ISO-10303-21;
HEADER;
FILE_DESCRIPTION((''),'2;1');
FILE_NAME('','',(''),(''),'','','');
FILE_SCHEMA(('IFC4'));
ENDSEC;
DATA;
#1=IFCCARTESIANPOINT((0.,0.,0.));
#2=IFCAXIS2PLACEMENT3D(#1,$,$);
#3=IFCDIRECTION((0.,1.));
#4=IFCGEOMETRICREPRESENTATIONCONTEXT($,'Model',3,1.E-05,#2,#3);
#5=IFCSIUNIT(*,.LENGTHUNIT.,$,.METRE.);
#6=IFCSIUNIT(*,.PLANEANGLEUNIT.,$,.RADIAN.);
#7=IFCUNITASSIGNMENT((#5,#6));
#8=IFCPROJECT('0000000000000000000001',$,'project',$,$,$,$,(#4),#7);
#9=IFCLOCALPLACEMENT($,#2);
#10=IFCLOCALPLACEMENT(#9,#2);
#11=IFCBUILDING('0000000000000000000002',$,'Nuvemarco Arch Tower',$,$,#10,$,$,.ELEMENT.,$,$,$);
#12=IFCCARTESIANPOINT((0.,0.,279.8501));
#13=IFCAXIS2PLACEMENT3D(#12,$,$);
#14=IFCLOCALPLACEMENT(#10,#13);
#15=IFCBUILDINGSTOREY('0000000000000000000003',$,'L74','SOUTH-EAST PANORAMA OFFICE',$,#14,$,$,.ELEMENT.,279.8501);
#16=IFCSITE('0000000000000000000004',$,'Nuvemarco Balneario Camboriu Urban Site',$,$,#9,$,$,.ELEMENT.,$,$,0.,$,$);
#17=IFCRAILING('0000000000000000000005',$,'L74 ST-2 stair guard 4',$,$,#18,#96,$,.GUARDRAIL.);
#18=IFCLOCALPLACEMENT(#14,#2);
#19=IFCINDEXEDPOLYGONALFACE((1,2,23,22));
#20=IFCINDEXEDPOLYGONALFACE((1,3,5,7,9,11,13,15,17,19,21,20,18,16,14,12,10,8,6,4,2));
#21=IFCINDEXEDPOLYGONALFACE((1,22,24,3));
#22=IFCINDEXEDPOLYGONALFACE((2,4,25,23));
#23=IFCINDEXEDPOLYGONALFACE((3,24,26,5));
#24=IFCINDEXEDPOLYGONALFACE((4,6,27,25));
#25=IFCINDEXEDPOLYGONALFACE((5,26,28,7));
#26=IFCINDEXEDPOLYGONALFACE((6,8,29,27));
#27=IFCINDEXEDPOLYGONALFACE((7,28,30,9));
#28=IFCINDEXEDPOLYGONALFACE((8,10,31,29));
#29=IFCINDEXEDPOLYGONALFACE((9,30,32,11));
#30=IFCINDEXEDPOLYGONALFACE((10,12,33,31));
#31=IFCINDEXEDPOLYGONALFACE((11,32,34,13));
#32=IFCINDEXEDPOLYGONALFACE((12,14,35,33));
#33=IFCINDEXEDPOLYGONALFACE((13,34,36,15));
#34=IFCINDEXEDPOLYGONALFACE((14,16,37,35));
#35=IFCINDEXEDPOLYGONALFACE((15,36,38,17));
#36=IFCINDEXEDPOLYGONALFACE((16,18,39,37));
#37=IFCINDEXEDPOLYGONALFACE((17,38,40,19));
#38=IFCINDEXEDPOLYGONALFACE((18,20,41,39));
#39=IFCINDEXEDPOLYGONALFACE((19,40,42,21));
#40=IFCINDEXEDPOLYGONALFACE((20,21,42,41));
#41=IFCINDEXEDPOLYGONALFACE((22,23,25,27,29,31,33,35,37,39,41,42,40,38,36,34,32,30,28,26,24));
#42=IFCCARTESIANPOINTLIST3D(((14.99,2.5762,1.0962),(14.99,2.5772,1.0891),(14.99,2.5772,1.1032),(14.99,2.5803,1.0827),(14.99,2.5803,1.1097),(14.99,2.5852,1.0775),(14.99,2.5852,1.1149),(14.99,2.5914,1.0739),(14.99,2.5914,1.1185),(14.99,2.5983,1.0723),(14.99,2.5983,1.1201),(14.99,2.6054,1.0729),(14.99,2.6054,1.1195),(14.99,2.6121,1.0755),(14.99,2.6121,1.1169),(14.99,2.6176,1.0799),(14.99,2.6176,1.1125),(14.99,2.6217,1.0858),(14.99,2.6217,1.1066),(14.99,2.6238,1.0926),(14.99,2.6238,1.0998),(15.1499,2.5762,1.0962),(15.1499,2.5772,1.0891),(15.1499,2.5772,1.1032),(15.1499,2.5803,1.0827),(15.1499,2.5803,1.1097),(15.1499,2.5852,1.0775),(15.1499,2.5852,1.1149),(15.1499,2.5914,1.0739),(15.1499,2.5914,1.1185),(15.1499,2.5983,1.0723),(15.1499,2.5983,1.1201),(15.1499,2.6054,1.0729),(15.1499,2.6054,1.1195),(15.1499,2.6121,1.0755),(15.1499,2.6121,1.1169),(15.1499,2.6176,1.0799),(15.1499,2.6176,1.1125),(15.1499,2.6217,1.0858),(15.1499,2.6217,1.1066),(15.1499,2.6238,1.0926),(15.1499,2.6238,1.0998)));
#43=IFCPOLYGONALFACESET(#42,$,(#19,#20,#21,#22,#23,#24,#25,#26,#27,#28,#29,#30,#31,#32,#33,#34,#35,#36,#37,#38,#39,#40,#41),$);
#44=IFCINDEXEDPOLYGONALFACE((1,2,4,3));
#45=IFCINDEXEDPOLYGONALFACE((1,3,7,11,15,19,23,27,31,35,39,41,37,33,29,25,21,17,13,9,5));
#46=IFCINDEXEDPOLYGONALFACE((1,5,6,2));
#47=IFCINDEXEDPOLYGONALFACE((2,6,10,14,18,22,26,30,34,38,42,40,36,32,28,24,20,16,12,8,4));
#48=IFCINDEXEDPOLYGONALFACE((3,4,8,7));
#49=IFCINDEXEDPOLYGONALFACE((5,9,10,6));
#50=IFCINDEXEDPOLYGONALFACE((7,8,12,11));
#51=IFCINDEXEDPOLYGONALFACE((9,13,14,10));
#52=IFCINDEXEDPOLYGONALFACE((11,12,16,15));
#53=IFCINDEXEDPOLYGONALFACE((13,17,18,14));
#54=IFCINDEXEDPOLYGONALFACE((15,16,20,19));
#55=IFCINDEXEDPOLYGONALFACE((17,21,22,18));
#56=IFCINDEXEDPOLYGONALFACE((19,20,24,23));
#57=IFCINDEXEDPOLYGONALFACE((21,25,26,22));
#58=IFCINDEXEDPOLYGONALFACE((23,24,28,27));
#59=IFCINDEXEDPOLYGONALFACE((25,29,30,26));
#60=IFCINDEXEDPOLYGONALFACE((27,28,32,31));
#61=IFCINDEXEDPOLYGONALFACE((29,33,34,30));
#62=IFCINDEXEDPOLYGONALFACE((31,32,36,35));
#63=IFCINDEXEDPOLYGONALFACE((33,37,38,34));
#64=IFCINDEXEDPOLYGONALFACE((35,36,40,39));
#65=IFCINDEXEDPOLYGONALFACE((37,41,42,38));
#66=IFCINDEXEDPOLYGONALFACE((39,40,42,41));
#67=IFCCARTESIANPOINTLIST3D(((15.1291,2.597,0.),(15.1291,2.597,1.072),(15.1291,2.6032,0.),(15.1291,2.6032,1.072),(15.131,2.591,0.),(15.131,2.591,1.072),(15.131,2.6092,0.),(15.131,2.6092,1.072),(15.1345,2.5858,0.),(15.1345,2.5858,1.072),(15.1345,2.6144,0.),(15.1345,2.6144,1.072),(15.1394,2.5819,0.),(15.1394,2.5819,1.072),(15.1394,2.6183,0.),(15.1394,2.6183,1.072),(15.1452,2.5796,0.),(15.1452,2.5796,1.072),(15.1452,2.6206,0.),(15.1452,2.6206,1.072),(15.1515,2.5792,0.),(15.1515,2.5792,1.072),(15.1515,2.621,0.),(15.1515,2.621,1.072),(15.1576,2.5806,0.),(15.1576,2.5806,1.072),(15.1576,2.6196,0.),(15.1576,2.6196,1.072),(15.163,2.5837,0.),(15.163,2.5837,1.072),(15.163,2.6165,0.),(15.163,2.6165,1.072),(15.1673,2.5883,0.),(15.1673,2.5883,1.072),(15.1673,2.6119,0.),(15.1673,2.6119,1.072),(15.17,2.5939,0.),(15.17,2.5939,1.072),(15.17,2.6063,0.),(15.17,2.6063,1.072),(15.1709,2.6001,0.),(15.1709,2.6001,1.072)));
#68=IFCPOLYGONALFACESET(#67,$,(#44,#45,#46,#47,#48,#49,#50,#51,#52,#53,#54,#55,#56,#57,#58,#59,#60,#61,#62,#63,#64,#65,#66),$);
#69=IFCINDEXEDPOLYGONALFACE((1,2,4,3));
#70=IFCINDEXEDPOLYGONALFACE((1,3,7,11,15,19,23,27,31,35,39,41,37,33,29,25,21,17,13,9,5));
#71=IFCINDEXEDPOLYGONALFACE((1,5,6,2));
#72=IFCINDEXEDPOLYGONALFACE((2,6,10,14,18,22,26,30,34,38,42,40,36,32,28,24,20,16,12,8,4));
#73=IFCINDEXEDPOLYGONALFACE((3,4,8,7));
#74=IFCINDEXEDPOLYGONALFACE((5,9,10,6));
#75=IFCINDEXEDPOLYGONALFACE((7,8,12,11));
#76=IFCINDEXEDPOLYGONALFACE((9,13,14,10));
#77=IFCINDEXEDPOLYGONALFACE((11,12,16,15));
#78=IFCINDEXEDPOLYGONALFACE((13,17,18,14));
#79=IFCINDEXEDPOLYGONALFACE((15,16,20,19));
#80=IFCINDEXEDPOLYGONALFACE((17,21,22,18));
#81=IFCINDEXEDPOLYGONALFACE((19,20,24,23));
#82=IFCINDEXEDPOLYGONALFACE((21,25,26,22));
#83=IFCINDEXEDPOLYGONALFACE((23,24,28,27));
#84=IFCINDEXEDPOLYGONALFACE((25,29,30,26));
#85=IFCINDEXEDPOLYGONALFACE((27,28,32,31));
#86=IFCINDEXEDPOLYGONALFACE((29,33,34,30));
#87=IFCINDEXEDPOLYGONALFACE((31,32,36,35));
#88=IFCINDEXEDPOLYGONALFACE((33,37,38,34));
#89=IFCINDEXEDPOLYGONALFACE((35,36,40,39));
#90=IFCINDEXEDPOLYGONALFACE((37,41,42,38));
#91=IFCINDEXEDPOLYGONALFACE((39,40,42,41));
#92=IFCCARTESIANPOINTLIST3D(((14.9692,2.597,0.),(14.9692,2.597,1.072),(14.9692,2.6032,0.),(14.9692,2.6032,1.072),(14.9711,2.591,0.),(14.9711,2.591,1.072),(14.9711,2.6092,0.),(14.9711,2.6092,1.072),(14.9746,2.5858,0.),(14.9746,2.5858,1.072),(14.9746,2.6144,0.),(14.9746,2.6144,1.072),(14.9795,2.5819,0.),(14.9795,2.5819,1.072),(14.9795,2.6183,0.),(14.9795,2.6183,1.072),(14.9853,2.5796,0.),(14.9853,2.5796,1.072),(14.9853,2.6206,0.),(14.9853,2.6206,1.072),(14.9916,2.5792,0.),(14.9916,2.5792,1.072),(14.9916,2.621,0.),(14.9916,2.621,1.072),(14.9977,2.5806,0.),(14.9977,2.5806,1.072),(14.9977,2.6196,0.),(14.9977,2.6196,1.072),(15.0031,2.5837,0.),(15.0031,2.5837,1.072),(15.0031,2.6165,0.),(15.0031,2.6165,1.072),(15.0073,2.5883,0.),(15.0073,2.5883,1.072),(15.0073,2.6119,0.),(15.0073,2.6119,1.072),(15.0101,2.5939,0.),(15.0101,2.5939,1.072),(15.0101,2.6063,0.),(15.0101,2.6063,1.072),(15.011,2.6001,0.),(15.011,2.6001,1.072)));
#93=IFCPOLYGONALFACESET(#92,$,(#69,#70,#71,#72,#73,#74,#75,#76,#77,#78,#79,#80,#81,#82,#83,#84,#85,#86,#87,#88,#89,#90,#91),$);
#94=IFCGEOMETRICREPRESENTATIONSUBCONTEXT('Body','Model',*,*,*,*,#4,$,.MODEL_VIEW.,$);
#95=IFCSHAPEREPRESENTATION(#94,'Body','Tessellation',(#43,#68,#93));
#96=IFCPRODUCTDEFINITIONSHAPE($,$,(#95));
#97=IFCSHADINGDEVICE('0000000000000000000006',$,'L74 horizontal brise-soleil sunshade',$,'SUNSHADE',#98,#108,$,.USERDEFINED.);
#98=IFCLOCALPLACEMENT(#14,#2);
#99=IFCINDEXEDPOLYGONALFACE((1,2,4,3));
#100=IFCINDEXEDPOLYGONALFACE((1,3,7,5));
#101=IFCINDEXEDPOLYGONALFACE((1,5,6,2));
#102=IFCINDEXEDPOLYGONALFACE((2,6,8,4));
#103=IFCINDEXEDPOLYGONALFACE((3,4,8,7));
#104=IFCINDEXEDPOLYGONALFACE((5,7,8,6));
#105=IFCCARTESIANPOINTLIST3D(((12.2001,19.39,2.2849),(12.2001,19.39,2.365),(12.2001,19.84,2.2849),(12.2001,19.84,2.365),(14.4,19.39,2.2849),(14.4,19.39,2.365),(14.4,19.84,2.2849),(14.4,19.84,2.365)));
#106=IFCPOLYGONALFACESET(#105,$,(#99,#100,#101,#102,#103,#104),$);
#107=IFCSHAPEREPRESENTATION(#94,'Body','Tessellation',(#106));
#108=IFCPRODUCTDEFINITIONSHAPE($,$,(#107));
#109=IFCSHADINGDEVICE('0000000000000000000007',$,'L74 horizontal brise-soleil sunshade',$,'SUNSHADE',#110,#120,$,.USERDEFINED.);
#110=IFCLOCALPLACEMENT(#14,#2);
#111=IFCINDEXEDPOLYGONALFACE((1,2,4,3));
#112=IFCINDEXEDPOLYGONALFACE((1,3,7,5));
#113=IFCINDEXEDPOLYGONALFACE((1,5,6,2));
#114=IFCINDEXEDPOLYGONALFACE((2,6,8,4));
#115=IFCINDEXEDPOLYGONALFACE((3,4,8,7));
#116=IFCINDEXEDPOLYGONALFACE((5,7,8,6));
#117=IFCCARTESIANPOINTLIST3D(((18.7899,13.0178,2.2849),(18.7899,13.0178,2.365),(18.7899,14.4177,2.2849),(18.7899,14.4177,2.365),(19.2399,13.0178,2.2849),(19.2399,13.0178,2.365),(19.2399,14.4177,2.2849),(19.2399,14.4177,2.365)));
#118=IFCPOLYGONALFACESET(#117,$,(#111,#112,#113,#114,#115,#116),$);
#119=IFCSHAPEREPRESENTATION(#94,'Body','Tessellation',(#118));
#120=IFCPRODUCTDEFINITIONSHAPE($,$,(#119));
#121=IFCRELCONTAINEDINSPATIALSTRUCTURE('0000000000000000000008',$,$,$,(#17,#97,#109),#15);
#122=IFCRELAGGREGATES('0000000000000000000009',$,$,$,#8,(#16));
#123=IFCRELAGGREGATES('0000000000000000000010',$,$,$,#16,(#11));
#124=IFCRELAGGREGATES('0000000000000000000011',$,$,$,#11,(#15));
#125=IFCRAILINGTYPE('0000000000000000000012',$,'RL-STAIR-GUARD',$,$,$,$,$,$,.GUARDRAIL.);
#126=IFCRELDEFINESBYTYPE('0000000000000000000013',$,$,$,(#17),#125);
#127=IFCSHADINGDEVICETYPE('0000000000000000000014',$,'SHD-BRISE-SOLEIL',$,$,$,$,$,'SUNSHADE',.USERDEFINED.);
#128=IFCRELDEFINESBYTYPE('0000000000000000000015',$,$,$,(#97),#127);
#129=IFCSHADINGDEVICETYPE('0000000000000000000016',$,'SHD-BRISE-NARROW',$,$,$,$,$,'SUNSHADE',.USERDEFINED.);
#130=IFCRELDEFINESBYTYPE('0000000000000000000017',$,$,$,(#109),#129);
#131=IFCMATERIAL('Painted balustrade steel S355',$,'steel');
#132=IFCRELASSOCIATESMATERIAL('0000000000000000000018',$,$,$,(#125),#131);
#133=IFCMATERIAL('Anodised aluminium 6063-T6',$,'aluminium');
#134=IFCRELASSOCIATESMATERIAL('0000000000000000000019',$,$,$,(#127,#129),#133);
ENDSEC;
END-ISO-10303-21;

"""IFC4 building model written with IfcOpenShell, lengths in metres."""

from ifc_helpers import new_model, si_unit, direction, frame, origin, origin_2d, place, context, subcontext, project, spatial, rectangle, circle, extrude, source, transform, mapped, material, type_object, type_shapes, element, save


model = new_model("IFC4")

# Units and contexts
model_context = context("Model", 3, precision=1e-05, world=origin(), true_north=direction((0.0, 1.0)))
body_context = subcontext(model_context, "Body", "Model", "MODEL_VIEW")
ifc_project = project(units=[si_unit("LENGTHUNIT", "METRE"), si_unit("PLANEANGLEUNIT", "RADIAN")], contexts=[model_context])

# Site, building, storey
site_placement = place(None, origin())
site = spatial("IfcSite", under=ifc_project, at=site_placement, Name="Nuvemarco Balneario Camboriu Urban Site", CompositionType="ELEMENT", RefElevation=0.0)
building_placement = place(site_placement, origin())
building = spatial("IfcBuilding", under=site, at=building_placement, Name="Nuvemarco Arch Tower", CompositionType="ELEMENT")
storey_placement = place(building_placement, frame((0.0, 0.0, 279.8501)))
storey = spatial("IfcBuildingStorey", under=building, at=storey_placement, Name="L74", Description="SOUTH-EAST PANORAMA OFFICE", CompositionType="ELEMENT", Elevation=279.8501)

# Railing
ifc_material_1 = material(Name="Painted balustrade steel S355", Category="steel")
railing_type_1 = type_object("IfcRailingType", Name="RL-STAIR-GUARD", PredefinedType="GUARDRAIL", material=ifc_material_1)
railing_1_placement = place(storey_placement, frame((15.1499, 2.6001, 0.0)))
element("IfcRailing", 1, at=railing_1_placement, inside=storey, type_object=railing_type_1, Name="L74 ST-2 stair guard 4", PredefinedType="GUARDRAIL", context=body_context, shape_type="SweptSolid", body=[
    extrude(circle(Radius=0.0239, at=origin_2d()), frame((0.0, 0.0, 1.0962), z_axis=(-1.0, 0.0, 0.0), x_axis=(0.0, -1.0, 0.0)), (0.0, 0.0, 1.0), 0.1599),
    extrude(circle(Radius=0.021, at=origin_2d()), origin(), (0.0, 0.0, 1.0), 1.072),
    extrude(circle(Radius=0.021, at=origin_2d()), frame((-0.1599, 0.0, 0.0)), (0.0, 0.0, 1.0), 1.072),
])

# Shading devices
ifc_material_2 = material(Name="Anodised aluminium 6063-T6", Category="aluminium")
shading_device_type_1 = type_object("IfcShadingDeviceType", Name="SHD-BRISE-SOLEIL", ElementType="SUNSHADE", PredefinedType="USERDEFINED", material=ifc_material_2)
shared_shape_1 = source(origin(), body_context, "Body", "SweptSolid", [
    extrude(rectangle(XDim=2.2, YDim=0.45, at=origin_2d()), origin(), (0.0, 0.0, 1.0), 0.0801),
])
type_shapes(shading_device_type_1, [shared_shape_1])
shading_device_1_placement = place(storey_placement, frame((13.3, 19.615, 2.2849), z_axis=(0.0, 0.0, 1.0), x_axis=(1.0, 0.0, 0.0)))
element("IfcShadingDevice", 2, at=shading_device_1_placement, inside=storey, type_object=shading_device_type_1, Name="L74 horizontal brise-soleil sunshade", ObjectType="SUNSHADE", PredefinedType="USERDEFINED", context=body_context, shape_type="MappedRepresentation", body=[
    mapped(shared_shape_1, transform((0.0, 0.0, 0.0), scale=1.0)),
])
shading_device_type_2 = type_object("IfcShadingDeviceType", Name="SHD-BRISE-NARROW", ElementType="SUNSHADE", PredefinedType="USERDEFINED", material=ifc_material_2)
shared_shape_2 = source(origin(), body_context, "Body", "SweptSolid", [
    extrude(rectangle(XDim=1.3999, YDim=0.45, at=origin_2d()), origin(), (0.0, 0.0, 1.0), 0.0801),
])
type_shapes(shading_device_type_2, [shared_shape_2])
shading_device_2_placement = place(storey_placement, frame((19.0149, 13.7178, 2.2849), z_axis=(0.0, 0.0, 1.0), x_axis=(0.0, 1.0, 0.0)))
element("IfcShadingDevice", 3, at=shading_device_2_placement, inside=storey, type_object=shading_device_type_2, Name="L74 horizontal brise-soleil sunshade", ObjectType="SUNSHADE", PredefinedType="USERDEFINED", context=body_context, shape_type="MappedRepresentation", body=[
    mapped(shared_shape_2, transform((0.0, 0.0, 0.0), scale=1.0)),
])

save(model, "model.ifc")
